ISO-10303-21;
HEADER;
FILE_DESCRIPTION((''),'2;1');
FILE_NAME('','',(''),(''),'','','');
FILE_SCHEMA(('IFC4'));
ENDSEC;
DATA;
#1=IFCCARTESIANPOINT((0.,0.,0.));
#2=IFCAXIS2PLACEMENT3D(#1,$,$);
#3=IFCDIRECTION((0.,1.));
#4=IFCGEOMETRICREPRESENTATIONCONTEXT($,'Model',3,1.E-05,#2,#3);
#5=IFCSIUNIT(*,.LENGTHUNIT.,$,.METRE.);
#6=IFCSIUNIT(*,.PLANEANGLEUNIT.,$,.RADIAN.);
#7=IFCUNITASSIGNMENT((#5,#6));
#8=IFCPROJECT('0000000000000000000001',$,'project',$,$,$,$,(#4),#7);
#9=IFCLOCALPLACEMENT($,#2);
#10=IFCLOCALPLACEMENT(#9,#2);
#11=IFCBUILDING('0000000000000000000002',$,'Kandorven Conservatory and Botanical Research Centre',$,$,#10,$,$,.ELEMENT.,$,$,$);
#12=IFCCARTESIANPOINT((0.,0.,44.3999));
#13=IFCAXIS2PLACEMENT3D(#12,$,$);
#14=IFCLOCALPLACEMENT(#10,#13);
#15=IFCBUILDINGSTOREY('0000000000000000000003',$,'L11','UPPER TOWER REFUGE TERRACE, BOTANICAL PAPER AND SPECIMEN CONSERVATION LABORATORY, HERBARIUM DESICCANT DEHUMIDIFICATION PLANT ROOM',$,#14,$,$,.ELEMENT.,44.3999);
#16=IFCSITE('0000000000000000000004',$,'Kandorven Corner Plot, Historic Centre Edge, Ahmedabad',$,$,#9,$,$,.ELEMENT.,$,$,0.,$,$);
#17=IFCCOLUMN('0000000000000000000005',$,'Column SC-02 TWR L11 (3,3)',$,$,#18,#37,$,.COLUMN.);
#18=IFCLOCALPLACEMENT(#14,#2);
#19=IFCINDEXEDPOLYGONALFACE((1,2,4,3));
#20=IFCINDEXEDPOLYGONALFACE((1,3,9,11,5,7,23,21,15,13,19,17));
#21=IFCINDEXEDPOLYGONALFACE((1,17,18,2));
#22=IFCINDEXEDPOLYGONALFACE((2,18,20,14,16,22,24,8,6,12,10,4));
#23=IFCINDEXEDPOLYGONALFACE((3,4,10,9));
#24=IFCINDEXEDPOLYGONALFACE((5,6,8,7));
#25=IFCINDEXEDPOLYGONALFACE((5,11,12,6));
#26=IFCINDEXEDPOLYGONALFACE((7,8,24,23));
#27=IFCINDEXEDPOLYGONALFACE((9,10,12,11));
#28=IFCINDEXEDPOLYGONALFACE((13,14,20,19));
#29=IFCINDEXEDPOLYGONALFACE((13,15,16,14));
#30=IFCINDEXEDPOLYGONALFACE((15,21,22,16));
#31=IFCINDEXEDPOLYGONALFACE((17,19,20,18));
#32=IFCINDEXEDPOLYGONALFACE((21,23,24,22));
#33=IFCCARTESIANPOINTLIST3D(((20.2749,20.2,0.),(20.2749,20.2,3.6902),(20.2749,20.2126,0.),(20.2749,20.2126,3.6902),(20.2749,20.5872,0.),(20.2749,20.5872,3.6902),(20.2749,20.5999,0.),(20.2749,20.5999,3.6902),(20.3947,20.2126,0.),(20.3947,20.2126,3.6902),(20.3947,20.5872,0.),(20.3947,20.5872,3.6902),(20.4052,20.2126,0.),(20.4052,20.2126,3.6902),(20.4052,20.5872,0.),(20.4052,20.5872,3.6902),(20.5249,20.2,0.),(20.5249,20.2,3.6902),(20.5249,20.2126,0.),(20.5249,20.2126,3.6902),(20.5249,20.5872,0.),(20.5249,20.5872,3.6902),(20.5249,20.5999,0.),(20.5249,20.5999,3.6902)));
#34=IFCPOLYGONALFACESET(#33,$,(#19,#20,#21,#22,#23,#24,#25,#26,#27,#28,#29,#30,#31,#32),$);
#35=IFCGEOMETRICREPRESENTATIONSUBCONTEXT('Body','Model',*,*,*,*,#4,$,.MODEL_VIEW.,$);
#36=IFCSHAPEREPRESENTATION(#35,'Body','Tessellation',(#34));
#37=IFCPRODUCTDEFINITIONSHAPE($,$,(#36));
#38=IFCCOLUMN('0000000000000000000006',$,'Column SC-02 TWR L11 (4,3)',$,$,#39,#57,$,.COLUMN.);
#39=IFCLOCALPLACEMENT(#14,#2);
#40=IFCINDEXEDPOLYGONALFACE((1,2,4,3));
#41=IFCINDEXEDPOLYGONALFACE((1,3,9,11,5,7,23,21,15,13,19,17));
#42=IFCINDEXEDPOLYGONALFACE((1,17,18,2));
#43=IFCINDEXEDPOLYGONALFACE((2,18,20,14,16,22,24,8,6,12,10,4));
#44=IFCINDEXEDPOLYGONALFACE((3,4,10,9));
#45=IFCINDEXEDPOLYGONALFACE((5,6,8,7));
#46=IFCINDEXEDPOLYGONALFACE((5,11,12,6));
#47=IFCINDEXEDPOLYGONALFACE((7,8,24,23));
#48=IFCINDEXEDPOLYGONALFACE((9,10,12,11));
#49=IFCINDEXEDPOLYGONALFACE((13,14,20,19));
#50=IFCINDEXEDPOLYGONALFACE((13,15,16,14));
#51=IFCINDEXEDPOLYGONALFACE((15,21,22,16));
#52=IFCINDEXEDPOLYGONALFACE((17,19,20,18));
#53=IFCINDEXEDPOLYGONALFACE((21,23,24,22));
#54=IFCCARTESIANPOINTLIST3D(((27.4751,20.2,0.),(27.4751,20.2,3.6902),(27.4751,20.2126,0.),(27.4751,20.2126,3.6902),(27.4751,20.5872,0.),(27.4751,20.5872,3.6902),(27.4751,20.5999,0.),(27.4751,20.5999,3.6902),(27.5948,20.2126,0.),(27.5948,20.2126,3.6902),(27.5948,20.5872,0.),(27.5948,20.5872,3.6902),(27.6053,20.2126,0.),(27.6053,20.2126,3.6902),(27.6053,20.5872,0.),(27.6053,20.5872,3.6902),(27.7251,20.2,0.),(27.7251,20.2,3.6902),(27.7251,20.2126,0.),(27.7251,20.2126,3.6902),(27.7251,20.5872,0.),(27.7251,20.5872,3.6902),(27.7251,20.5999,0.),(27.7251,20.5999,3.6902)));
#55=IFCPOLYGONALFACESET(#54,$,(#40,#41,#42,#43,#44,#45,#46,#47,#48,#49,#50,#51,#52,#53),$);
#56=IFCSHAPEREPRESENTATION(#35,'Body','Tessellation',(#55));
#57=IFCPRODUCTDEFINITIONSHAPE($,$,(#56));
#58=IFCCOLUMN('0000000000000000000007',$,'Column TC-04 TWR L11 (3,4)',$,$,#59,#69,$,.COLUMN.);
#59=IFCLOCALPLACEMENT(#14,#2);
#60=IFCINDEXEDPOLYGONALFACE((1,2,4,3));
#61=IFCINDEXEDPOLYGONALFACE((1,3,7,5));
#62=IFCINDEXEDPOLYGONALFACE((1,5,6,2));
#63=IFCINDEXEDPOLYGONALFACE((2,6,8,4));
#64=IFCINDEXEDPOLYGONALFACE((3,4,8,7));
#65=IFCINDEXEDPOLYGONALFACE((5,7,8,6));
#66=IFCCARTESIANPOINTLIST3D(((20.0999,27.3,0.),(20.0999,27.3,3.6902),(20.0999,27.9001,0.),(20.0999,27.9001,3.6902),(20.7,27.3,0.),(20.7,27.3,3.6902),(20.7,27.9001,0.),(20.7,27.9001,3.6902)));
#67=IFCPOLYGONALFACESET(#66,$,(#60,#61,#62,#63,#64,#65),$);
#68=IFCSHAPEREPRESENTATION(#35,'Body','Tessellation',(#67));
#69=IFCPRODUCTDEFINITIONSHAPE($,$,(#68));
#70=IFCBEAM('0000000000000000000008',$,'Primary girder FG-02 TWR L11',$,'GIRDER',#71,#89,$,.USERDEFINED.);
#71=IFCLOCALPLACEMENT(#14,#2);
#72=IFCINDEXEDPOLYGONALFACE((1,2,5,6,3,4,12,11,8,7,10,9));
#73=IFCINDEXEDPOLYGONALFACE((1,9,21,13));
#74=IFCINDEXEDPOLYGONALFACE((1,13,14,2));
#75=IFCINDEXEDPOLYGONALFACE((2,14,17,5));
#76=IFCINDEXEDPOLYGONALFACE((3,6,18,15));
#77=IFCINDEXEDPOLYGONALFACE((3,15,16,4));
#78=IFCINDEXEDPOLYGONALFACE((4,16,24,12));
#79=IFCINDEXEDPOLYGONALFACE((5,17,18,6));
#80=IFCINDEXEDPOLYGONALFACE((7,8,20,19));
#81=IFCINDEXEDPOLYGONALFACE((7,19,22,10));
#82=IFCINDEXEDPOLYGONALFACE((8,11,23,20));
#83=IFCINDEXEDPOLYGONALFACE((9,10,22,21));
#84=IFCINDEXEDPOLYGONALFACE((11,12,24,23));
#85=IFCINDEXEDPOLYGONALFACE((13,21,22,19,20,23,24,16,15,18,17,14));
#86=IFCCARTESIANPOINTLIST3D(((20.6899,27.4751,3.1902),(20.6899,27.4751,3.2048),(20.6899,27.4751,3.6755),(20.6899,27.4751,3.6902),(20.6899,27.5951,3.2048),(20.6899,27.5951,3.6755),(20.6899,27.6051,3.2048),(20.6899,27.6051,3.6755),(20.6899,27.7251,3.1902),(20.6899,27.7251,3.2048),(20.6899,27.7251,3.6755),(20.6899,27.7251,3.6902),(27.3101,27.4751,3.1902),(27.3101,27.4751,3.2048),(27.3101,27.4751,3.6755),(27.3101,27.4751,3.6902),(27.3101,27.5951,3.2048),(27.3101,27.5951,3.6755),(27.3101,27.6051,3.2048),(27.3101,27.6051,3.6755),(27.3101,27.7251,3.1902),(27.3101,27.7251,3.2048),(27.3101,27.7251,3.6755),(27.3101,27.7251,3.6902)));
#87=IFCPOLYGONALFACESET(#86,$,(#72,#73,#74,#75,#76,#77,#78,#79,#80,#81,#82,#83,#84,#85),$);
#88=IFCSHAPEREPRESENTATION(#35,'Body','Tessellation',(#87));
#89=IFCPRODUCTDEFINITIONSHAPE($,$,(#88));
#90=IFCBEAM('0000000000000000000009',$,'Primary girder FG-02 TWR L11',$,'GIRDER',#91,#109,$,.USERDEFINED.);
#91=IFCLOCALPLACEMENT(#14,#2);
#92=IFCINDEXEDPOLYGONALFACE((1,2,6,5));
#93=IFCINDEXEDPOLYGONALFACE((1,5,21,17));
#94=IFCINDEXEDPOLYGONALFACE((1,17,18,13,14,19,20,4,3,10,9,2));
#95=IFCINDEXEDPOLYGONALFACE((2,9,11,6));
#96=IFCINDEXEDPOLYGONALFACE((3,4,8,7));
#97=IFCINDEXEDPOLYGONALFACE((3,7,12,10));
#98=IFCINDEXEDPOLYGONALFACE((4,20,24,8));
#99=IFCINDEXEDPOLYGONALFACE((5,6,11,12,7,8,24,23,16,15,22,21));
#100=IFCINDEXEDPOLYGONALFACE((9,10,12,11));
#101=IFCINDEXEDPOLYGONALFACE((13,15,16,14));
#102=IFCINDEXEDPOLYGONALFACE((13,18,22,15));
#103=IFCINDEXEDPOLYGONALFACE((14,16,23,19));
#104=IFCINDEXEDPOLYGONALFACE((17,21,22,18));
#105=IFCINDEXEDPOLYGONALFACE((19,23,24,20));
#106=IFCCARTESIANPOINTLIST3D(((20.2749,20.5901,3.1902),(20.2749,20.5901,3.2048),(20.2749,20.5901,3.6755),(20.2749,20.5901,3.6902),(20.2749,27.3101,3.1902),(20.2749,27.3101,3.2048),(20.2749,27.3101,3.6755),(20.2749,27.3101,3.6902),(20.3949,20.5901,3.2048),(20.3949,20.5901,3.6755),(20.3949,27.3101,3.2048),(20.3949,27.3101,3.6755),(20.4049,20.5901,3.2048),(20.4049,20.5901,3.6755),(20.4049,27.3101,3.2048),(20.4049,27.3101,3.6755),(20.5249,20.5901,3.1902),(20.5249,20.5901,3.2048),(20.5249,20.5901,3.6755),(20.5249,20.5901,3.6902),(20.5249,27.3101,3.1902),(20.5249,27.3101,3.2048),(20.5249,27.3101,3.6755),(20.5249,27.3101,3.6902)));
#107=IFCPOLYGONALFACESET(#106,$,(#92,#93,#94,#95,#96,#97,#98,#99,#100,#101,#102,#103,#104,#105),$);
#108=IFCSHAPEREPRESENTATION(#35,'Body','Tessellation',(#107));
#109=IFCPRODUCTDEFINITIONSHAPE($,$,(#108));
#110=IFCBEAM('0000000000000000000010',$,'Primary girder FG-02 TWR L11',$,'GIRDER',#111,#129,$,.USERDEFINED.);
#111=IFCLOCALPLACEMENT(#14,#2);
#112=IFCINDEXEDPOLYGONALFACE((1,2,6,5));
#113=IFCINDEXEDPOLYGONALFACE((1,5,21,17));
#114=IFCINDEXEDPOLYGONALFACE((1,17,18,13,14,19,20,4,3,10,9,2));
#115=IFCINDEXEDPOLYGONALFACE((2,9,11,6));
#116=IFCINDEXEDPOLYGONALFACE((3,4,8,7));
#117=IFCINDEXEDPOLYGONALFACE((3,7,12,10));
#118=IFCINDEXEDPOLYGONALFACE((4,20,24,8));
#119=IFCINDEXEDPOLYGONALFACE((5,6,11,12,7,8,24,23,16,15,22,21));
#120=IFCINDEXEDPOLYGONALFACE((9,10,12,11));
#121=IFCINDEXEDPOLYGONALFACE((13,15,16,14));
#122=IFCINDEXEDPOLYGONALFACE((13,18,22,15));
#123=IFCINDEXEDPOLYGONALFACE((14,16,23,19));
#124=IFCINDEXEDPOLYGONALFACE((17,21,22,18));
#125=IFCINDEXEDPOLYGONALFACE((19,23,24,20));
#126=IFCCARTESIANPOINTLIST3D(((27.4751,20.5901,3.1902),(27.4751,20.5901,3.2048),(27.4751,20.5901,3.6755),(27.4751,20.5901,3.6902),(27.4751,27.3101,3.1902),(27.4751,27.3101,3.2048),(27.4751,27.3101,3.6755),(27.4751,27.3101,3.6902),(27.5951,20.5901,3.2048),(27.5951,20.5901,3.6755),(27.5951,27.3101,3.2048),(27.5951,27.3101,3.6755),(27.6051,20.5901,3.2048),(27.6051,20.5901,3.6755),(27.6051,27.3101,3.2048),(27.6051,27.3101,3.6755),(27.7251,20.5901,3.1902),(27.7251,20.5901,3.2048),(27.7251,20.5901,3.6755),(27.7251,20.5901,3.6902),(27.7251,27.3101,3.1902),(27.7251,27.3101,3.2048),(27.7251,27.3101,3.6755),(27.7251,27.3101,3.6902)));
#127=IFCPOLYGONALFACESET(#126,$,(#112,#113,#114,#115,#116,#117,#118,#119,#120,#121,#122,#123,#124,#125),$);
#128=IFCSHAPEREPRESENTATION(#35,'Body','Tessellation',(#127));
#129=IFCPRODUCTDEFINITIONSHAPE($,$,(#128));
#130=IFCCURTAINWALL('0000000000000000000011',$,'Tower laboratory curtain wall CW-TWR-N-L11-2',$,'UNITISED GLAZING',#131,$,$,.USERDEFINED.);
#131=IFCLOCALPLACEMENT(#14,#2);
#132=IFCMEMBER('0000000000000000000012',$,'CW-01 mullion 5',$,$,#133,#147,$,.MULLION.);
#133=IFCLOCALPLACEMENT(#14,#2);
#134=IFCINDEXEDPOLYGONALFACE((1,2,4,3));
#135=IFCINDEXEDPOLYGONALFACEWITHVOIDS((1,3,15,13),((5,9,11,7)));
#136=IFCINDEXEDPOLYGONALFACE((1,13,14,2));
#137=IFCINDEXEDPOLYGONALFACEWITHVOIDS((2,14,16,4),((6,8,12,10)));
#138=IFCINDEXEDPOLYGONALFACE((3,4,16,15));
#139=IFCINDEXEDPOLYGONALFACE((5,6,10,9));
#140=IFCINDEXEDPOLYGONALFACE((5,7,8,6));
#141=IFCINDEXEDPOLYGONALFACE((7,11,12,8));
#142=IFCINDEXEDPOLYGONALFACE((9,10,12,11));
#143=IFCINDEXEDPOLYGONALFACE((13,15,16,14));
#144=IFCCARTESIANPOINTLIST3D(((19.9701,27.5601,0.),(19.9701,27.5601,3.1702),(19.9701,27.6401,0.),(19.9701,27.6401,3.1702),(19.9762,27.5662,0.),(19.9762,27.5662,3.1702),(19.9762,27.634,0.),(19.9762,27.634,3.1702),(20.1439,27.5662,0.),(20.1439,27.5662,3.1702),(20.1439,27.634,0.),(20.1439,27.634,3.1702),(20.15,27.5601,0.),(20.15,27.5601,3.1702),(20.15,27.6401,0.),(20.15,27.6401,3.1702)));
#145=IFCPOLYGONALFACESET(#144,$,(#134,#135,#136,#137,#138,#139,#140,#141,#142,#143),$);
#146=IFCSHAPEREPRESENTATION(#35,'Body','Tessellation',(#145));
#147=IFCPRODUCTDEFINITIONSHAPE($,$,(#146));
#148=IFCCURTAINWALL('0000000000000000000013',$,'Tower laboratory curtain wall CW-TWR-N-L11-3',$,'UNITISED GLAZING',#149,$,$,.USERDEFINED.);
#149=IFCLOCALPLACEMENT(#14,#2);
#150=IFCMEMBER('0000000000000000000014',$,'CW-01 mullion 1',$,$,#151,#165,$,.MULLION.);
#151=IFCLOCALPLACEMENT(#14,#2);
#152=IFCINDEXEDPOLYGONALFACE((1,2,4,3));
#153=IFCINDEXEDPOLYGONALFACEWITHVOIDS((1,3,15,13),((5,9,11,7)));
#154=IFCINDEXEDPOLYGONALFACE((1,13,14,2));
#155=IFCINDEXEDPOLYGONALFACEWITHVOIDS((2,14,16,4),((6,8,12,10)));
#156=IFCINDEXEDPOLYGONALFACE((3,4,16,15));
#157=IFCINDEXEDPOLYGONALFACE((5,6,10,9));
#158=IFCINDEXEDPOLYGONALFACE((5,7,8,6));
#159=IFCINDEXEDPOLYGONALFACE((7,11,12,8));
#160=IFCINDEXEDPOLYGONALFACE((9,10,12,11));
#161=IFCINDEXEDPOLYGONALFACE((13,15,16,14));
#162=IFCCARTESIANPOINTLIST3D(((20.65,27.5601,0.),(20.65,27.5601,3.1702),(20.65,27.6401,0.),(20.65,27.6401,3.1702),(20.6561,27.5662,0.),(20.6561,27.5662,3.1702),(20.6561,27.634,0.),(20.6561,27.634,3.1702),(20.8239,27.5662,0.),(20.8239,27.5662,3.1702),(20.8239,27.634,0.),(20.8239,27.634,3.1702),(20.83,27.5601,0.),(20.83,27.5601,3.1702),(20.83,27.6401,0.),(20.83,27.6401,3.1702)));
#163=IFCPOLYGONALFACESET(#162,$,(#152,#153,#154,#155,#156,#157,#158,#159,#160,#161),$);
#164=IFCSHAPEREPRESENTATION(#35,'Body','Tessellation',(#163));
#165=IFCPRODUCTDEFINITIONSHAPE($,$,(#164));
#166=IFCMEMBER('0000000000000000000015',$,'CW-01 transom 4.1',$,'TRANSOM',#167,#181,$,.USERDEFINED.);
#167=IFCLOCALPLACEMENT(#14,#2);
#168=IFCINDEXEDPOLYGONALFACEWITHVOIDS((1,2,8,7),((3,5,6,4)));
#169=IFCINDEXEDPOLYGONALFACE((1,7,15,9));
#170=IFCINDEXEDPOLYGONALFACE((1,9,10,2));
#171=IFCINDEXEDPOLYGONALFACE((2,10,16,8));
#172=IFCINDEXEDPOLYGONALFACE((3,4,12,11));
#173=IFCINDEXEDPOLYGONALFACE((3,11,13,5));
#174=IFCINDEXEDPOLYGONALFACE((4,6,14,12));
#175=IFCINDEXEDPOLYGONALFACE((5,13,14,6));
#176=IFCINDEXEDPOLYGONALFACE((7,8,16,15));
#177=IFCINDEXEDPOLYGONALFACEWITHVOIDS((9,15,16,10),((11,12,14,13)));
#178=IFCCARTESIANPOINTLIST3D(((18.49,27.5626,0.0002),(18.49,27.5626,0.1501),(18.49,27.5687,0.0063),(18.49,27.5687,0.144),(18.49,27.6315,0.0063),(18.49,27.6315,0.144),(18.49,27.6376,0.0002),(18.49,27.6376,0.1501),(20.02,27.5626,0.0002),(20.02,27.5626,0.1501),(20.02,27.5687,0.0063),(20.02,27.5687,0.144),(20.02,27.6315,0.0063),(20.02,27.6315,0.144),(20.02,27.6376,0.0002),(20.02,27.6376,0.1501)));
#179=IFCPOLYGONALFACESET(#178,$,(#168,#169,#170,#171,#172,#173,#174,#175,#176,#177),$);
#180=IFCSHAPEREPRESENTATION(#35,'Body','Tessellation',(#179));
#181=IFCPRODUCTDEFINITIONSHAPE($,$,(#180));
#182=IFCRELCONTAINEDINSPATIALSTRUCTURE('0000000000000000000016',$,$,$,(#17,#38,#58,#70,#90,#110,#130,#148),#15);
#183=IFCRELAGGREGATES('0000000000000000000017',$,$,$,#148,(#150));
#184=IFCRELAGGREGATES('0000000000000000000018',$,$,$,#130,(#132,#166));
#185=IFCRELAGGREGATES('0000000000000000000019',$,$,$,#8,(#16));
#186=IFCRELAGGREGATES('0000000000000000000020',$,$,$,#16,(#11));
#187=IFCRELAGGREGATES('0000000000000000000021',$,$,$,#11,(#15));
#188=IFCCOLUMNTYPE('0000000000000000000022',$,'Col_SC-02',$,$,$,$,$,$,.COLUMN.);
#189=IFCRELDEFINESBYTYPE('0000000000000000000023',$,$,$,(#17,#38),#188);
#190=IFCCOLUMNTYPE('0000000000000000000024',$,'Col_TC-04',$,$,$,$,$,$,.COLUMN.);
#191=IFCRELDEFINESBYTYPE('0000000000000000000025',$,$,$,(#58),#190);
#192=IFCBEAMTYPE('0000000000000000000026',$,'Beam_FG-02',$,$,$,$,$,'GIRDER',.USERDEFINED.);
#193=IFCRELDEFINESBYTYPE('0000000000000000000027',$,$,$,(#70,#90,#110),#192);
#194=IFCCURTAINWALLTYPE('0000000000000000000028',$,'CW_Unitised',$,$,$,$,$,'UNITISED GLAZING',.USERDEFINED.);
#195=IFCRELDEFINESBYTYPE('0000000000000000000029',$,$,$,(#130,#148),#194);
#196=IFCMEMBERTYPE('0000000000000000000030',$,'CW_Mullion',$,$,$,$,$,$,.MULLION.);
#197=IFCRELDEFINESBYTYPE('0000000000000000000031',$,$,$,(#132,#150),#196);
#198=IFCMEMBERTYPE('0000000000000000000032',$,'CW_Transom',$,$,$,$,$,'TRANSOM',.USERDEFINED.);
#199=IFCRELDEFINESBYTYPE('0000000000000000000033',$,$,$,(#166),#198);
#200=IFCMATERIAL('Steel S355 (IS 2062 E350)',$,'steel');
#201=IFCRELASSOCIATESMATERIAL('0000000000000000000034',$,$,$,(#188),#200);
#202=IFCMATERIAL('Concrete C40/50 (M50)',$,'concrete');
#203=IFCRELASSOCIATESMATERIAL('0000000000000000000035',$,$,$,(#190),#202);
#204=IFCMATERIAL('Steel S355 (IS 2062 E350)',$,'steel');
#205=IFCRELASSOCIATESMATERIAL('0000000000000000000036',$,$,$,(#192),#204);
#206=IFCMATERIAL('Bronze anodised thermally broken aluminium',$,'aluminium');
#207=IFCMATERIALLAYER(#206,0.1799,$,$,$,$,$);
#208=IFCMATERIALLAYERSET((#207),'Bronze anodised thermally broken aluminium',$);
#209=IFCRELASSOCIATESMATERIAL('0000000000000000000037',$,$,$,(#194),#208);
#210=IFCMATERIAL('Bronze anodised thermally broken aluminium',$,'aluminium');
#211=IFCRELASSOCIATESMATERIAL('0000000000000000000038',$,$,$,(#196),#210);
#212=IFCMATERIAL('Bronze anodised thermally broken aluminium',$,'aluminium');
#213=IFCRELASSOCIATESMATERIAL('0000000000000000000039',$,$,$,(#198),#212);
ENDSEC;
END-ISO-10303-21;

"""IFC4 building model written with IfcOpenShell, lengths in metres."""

from ifc_helpers import new_model, si_unit, direction, frame, origin, origin_2d, place, context, subcontext, project, spatial, rectangle, hollow_rectangle, i_section, extrude, material, layer, layer_set, material_profile, profile_set, type_object, element, aggregate, save


model = new_model("IFC4")

# Units and contexts
model_context = context("Model", 3, precision=1e-05, world=origin(), true_north=direction((0.0, 1.0)))
body_context = subcontext(model_context, "Body", "Model", "MODEL_VIEW")
ifc_project = project(units=[si_unit("LENGTHUNIT", "METRE"), si_unit("PLANEANGLEUNIT", "RADIAN")], contexts=[model_context])

# Site, building, storey
site_placement = place(None, origin())
site = spatial("IfcSite", under=ifc_project, at=site_placement, Name="Kandorven Corner Plot, Historic Centre Edge, Ahmedabad", CompositionType="ELEMENT", RefElevation=0.0)
building_placement = place(site_placement, origin())
building = spatial("IfcBuilding", under=site, at=building_placement, Name="Kandorven Conservatory and Botanical Research Centre", CompositionType="ELEMENT")
storey_placement = place(building_placement, frame((0.0, 0.0, 44.3999)))
storey = spatial("IfcBuildingStorey", under=building, at=storey_placement, Name="L11", Description="UPPER TOWER REFUGE TERRACE, BOTANICAL PAPER AND SPECIMEN CONSERVATION LABORATORY, HERBARIUM DESICCANT DEHUMIDIFICATION PLANT ROOM", CompositionType="ELEMENT", Elevation=44.3999)

# Columns
ifc_material_1 = material(Name="Steel S355 (IS 2062 E350)", Category="steel")
ifc_material_profile_1 = material_profile(ifc_material_1, i_section(OverallWidth=0.25, OverallDepth=0.3999, WebThickness=0.0105, FlangeThickness=0.0127, at=origin_2d()))
ifc_profile_set_1 = profile_set([ifc_material_profile_1], Name="Steel S355 (IS 2062 E350)")
column_type_1 = type_object("IfcColumnType", Name="Col_SC-02", PredefinedType="COLUMN", material=ifc_profile_set_1)
for number, where, z_axis, x_axis, name in (
    (1, (20.3999, 20.3999, 0.0), (0.0, 0.0, 1.0), (1.0, 0.0, 0.0), "Column SC-02 TWR L11 (3,3)"),
    (2, (27.6001, 20.3999, 0.0), (0.0, 0.0, 1.0), (1.0, 0.0, 0.0), "Column SC-02 TWR L11 (4,3)"),
):
    element("IfcColumn", number, at=place(storey_placement, frame(where, z_axis=z_axis, x_axis=x_axis)), inside=storey, type_object=column_type_1, Name=name, PredefinedType="COLUMN", context=body_context, shape_type="SweptSolid", body=[
        extrude(i_section(OverallWidth=0.25, OverallDepth=0.3999, WebThickness=0.0105, FlangeThickness=0.0127, at=origin_2d()), origin(), (0.0, 0.0, 1.0), 3.6902),
    ])
ifc_material_2 = material(Name="Concrete C40/50 (M50)", Category="concrete")
ifc_material_profile_2 = material_profile(ifc_material_2, rectangle(XDim=0.6001, YDim=0.6001, at=origin_2d()))
ifc_profile_set_2 = profile_set([ifc_material_profile_2], Name="Concrete C40/50 (M50)")
column_type_2 = type_object("IfcColumnType", Name="Col_TC-04", PredefinedType="COLUMN", material=ifc_profile_set_2)
column_placement = place(storey_placement, frame((20.3999, 27.6001, 0.0), z_axis=(0.0, 0.0, 1.0), x_axis=(1.0, 0.0, 0.0)))
element("IfcColumn", 3, at=column_placement, inside=storey, type_object=column_type_2, Name="Column TC-04 TWR L11 (3,4)", PredefinedType="COLUMN", context=body_context, shape_type="SweptSolid", body=[
    extrude(rectangle(XDim=0.6001, YDim=0.6001, at=origin_2d()), origin(), (0.0, 0.0, 1.0), 3.6902),
])

# Beams
ifc_material_3 = material(Name="Steel S355 (IS 2062 E350)", Category="steel")
ifc_material_profile_3 = material_profile(ifc_material_3, i_section(OverallWidth=0.25, OverallDepth=0.5, WebThickness=0.01, FlangeThickness=0.0146, at=origin_2d()))
ifc_profile_set_3 = profile_set([ifc_material_profile_3], Name="Steel S355 (IS 2062 E350)")
beam_type = type_object("IfcBeamType", Name="Beam_FG-02", ElementType="GIRDER", PredefinedType="USERDEFINED", material=ifc_profile_set_3)
beam_placement = place(storey_placement, frame((20.6899, 27.6001, 3.4402), z_axis=(1.0, 0.0, 0.0), x_axis=(0.0, 1.0, 0.0)))
element("IfcBeam", 4, at=beam_placement, inside=storey, type_object=beam_type, Name="Primary girder FG-02 TWR L11", ObjectType="GIRDER", PredefinedType="USERDEFINED", context=body_context, shape_type="SweptSolid", body=[
    extrude(i_section(OverallWidth=0.25, OverallDepth=0.5, WebThickness=0.01, FlangeThickness=0.0146, at=origin_2d()), origin(), (0.0, 0.0, 1.0), 6.6201),
])
for number, where, z_axis, x_axis, name in (
    (5, (20.3999, 20.5901, 3.4402), (0.0, 1.0, 0.0), (-1.0, 0.0, 0.0), "Primary girder FG-02 TWR L11"),
    (6, (27.6001, 20.5901, 3.4402), (0.0, 1.0, 0.0), (-1.0, 0.0, 0.0), "Primary girder FG-02 TWR L11"),
):
    element("IfcBeam", number, at=place(storey_placement, frame(where, z_axis=z_axis, x_axis=x_axis)), inside=storey, type_object=beam_type, Name=name, ObjectType="GIRDER", PredefinedType="USERDEFINED", context=body_context, shape_type="SweptSolid", body=[
        extrude(i_section(OverallWidth=0.25, OverallDepth=0.5, WebThickness=0.01, FlangeThickness=0.0146, at=origin_2d()), origin(), (0.0, 0.0, 1.0), 6.72),
    ])

# Curtain walls, members
ifc_material_4 = material(Name="Bronze anodised thermally broken aluminium", Category="aluminium")
ifc_layer_1 = layer(ifc_material_4, 0.1799)
ifc_layer_set_1 = layer_set([ifc_layer_1], Name="Bronze anodised thermally broken aluminium")
curtain_wall_type = type_object("IfcCurtainWallType", Name="CW_Unitised", ElementType="UNITISED GLAZING", PredefinedType="USERDEFINED", material=ifc_layer_set_1)
curtain_wall_1_placement = place(storey_placement, origin())
curtain_wall_1 = element("IfcCurtainWall", 7, at=curtain_wall_1_placement, inside=storey, type_object=curtain_wall_type, Name="Tower laboratory curtain wall CW-TWR-N-L11-2", ObjectType="UNITISED GLAZING", PredefinedType="USERDEFINED")
ifc_material_5 = material(Name="Bronze anodised thermally broken aluminium", Category="aluminium")
ifc_material_profile_4 = material_profile(ifc_material_5, hollow_rectangle(XDim=0.0801, YDim=0.1799, WallThickness=0.0061, at=origin_2d()))
ifc_profile_set_4 = profile_set([ifc_material_profile_4], Name="Bronze anodised thermally broken aluminium")
member_type_1 = type_object("IfcMemberType", Name="CW_Mullion", PredefinedType="MULLION", material=ifc_profile_set_4)
member_1_placement = place(storey_placement, frame((20.0601, 27.6001, 0.0), z_axis=(0.0, 0.0, 1.0), x_axis=(0.0, 1.0, 0.0)))
member_1 = element("IfcMember", 8, at=member_1_placement, type_object=member_type_1, Name="CW-01 mullion 5", PredefinedType="MULLION", context=body_context, shape_type="SweptSolid", body=[
    extrude(hollow_rectangle(XDim=0.0801, YDim=0.1799, WallThickness=0.0061, at=origin_2d()), origin(), (0.0, 0.0, 1.0), 3.1702),
])
curtain_wall_2_placement = place(storey_placement, origin())
curtain_wall_2 = element("IfcCurtainWall", 9, at=curtain_wall_2_placement, inside=storey, type_object=curtain_wall_type, Name="Tower laboratory curtain wall CW-TWR-N-L11-3", ObjectType="UNITISED GLAZING", PredefinedType="USERDEFINED")
member_2_placement = place(storey_placement, frame((20.74, 27.6001, 0.0), z_axis=(0.0, 0.0, 1.0), x_axis=(0.0, 1.0, 0.0)))
member_2 = element("IfcMember", 10, at=member_2_placement, type_object=member_type_1, Name="CW-01 mullion 1", PredefinedType="MULLION", context=body_context, shape_type="SweptSolid", body=[
    extrude(hollow_rectangle(XDim=0.0801, YDim=0.1799, WallThickness=0.0061, at=origin_2d()), origin(), (0.0, 0.0, 1.0), 3.1702),
])

# Member
ifc_material_6 = material(Name="Bronze anodised thermally broken aluminium", Category="aluminium")
ifc_material_profile_5 = material_profile(ifc_material_6, hollow_rectangle(XDim=0.075, YDim=0.1499, WallThickness=0.0061, at=origin_2d()))
ifc_profile_set_5 = profile_set([ifc_material_profile_5], Name="Bronze anodised thermally broken aluminium")
member_type_2 = type_object("IfcMemberType", Name="CW_Transom", ElementType="TRANSOM", PredefinedType="USERDEFINED", material=ifc_profile_set_5)
member_3_placement = place(storey_placement, frame((18.49, 27.6001, 0.0752), z_axis=(1.0, 0.0, 0.0), x_axis=(0.0, 1.0, 0.0)))
member_3 = element("IfcMember", 11, at=member_3_placement, type_object=member_type_2, Name="CW-01 transom 4.1", ObjectType="TRANSOM", PredefinedType="USERDEFINED", context=body_context, shape_type="SweptSolid", body=[
    extrude(hollow_rectangle(XDim=0.075, YDim=0.1499, WallThickness=0.0061, at=origin_2d()), origin(), (0.0, 0.0, 1.0), 1.53),
])
aggregate(curtain_wall_2, [member_2])

aggregate(curtain_wall_1, [member_1, member_3])

save(model, "model.ifc")
